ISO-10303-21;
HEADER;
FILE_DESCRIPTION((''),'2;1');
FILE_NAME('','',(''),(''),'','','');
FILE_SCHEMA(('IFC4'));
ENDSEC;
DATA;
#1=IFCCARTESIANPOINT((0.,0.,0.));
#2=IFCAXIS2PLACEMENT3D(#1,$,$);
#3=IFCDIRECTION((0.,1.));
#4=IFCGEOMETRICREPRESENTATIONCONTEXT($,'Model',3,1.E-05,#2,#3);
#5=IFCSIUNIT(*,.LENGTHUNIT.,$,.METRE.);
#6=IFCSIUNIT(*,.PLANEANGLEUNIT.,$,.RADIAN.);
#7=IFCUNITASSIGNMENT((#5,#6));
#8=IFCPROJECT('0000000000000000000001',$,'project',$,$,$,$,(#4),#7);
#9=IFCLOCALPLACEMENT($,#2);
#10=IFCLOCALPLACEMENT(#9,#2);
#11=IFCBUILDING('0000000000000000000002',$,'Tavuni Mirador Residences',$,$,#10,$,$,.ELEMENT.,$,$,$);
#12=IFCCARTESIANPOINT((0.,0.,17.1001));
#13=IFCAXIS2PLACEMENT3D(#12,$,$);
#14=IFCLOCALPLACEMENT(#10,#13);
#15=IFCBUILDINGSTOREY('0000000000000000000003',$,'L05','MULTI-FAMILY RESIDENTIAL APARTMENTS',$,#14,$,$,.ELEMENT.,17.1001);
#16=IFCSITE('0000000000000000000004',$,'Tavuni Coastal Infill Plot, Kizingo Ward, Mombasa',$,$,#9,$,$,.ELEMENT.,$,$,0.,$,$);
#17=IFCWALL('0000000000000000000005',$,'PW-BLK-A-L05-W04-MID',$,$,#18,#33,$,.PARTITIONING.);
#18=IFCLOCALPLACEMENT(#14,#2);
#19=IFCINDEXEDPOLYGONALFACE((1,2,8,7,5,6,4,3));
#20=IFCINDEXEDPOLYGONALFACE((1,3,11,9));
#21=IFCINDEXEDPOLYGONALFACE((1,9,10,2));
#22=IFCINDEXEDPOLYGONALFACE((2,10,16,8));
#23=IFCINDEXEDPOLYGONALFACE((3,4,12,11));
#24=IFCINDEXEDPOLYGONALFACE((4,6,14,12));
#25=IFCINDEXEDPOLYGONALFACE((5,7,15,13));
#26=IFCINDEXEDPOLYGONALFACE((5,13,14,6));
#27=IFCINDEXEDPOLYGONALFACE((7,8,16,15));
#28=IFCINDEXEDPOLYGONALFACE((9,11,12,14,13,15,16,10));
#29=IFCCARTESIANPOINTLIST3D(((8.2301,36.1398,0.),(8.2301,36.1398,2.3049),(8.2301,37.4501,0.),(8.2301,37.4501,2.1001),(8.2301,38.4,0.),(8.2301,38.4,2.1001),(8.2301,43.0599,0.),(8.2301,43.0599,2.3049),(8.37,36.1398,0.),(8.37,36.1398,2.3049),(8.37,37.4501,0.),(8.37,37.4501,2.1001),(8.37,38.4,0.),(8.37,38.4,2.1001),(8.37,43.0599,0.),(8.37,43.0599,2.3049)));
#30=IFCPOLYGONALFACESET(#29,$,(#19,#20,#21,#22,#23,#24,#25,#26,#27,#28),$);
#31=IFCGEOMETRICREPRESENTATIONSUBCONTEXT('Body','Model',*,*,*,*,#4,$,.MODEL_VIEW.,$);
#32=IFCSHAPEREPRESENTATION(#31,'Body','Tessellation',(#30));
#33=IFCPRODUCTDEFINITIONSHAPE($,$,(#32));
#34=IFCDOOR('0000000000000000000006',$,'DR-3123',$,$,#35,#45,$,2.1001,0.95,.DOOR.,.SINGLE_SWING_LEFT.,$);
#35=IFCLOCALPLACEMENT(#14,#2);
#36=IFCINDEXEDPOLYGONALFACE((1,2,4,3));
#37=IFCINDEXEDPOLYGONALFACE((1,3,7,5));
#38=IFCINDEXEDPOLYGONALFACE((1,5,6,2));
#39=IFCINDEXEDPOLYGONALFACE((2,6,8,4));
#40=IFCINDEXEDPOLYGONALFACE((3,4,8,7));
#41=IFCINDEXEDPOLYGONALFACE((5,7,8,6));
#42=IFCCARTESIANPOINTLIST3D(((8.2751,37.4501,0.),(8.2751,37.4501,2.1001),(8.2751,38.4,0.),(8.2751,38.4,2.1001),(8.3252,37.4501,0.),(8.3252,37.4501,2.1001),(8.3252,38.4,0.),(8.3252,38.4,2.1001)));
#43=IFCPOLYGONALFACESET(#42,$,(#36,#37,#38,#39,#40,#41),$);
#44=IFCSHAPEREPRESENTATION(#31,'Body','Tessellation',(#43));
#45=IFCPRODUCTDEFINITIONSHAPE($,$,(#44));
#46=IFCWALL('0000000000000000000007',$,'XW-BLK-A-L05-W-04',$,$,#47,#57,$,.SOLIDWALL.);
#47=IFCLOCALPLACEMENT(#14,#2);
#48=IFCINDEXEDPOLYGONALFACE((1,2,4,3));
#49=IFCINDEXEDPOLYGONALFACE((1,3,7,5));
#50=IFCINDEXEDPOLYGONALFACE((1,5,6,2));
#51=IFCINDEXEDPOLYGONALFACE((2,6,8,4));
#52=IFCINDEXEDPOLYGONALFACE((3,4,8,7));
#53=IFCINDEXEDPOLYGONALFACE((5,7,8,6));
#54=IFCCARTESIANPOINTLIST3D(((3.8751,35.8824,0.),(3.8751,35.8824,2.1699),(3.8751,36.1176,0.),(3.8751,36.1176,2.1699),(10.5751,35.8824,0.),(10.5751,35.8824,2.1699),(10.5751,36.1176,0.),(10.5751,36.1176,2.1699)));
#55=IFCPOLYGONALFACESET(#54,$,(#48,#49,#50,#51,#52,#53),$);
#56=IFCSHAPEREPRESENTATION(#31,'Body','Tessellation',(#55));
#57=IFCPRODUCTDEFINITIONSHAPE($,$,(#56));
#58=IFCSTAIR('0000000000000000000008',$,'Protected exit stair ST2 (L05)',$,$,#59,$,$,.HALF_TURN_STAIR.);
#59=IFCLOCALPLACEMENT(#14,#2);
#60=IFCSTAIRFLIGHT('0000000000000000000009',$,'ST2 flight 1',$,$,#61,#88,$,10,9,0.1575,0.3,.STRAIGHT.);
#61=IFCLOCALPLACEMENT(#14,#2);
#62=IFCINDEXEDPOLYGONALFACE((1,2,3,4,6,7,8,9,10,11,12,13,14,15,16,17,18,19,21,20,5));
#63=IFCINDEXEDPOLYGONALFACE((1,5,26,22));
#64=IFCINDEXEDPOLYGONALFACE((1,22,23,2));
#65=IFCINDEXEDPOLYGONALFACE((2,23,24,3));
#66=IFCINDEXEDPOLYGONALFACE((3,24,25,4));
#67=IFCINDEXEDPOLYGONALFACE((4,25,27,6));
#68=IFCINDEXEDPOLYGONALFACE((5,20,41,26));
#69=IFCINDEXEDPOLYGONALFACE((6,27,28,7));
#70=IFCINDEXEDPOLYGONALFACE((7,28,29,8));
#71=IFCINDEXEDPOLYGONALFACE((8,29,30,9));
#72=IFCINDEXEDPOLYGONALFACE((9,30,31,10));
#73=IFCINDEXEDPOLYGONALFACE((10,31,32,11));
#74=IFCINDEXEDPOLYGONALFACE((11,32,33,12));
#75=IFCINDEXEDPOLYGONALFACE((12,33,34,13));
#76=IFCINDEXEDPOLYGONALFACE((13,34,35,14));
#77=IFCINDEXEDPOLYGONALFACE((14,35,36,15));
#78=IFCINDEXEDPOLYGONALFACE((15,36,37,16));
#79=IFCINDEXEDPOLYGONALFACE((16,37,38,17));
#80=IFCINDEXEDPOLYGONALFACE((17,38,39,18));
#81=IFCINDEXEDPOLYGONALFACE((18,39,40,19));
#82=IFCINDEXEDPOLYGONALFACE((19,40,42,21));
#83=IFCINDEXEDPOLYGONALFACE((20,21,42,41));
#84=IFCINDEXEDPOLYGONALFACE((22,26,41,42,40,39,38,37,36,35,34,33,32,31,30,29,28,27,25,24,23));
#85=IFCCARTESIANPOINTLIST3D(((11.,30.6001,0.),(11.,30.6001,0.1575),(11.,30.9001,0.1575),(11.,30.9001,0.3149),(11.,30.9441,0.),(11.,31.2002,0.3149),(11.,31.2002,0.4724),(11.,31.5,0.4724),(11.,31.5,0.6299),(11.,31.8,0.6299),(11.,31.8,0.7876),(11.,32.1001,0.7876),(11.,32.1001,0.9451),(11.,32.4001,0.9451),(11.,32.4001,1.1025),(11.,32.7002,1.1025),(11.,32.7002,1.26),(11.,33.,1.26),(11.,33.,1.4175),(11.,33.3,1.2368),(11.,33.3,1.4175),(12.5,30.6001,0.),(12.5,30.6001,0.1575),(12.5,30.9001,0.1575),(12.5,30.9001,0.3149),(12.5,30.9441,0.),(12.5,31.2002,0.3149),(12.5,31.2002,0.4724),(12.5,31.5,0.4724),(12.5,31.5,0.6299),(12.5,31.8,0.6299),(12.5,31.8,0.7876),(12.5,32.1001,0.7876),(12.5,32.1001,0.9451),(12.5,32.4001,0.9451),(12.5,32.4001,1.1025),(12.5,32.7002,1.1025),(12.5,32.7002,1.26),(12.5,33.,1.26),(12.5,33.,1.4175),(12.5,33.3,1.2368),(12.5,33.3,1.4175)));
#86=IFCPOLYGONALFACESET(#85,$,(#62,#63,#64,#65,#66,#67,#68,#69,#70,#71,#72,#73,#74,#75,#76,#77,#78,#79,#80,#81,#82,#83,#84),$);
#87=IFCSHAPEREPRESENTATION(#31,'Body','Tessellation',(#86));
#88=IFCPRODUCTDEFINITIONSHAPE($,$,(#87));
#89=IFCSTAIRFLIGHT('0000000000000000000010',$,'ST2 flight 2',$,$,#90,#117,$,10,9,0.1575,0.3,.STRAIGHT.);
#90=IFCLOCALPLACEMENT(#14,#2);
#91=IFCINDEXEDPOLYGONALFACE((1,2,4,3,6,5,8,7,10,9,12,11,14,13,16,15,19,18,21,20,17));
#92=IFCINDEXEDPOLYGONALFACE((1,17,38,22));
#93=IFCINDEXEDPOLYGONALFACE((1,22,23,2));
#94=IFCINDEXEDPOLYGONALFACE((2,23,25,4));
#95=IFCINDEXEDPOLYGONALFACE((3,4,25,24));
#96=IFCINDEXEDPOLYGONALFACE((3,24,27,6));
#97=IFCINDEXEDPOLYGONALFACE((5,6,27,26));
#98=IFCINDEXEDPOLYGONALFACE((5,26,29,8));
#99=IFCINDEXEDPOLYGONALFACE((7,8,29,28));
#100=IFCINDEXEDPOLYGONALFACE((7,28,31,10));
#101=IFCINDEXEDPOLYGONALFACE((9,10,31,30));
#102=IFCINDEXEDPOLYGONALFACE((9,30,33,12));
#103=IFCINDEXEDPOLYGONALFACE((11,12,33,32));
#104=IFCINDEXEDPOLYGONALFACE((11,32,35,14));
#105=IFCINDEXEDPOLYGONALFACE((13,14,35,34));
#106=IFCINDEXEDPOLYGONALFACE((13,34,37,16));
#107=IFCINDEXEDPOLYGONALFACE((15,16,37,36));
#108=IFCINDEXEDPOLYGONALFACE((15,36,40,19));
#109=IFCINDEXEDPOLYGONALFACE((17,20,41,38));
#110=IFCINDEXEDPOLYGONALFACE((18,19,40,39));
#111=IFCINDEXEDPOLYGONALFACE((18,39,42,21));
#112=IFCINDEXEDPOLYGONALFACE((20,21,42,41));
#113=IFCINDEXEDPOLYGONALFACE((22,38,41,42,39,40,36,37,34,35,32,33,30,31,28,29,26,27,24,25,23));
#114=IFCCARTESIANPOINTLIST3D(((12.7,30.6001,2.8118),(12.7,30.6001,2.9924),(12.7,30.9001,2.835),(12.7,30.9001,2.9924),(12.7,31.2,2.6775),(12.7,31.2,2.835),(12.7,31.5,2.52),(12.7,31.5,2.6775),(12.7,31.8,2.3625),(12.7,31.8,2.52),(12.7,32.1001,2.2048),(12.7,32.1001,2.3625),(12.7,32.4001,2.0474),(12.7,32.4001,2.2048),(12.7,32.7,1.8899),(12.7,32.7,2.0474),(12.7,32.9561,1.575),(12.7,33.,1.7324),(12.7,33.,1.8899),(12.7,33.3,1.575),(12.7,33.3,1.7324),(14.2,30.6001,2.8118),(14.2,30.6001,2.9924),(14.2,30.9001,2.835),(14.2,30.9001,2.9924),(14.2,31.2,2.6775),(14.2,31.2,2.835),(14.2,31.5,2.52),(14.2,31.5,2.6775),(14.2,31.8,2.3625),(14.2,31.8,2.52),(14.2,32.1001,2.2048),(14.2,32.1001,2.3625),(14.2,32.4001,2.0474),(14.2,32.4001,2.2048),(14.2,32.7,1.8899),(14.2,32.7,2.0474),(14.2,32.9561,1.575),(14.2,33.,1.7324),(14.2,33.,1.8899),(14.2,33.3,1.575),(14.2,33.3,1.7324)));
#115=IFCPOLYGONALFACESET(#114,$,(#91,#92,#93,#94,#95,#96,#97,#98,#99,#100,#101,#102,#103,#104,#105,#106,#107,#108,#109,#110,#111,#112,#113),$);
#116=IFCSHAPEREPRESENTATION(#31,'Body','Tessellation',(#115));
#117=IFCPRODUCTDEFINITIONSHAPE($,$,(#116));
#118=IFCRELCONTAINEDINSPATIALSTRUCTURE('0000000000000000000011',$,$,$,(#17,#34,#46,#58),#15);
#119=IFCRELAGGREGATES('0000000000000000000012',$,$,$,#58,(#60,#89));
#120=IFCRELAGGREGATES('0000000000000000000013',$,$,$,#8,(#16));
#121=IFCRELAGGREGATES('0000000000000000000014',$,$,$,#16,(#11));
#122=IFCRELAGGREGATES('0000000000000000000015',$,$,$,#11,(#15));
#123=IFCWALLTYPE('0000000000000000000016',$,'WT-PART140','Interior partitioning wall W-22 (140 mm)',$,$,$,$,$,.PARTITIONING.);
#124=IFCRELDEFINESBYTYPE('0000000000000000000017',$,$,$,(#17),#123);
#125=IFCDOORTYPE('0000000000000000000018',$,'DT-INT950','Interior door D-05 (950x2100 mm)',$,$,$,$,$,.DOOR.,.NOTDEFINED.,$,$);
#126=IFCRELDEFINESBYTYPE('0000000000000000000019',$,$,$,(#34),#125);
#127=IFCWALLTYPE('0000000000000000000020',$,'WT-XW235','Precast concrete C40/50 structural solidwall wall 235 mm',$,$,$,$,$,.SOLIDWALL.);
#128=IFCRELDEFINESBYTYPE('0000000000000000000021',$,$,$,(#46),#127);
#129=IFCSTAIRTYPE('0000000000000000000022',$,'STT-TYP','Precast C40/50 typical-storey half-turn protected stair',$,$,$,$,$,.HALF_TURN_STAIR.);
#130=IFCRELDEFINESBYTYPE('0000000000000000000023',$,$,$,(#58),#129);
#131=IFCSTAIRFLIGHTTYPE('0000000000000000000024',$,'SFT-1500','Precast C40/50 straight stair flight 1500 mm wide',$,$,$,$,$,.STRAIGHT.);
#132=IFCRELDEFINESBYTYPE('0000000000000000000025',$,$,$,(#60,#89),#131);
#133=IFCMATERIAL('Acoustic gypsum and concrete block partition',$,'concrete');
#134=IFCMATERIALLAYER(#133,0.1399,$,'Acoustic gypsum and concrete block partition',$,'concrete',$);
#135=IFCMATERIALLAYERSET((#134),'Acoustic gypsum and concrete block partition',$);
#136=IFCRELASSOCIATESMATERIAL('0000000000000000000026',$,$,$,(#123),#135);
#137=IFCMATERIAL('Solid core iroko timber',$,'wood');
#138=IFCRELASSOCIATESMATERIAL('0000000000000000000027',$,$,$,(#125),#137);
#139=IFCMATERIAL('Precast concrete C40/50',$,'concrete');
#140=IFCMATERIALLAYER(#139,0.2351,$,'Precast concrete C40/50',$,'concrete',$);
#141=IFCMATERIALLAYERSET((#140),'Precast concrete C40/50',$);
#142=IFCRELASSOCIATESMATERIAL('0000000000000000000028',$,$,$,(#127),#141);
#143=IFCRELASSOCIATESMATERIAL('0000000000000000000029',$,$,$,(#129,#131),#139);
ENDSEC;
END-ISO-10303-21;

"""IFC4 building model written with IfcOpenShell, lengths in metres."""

from ifc_helpers import new_model, si_unit, direction, frame, frame_2d, origin, place, context, subcontext, project, spatial, polyline, rectangle, outline, extrude, material, layer, layer_set, type_object, element, fill, aggregate, save


model = new_model("IFC4")

# Units and contexts
model_context = context("Model", 3, precision=1e-05, world=origin(), true_north=direction((0.0, 1.0)))
body_context = subcontext(model_context, "Body", "Model", "MODEL_VIEW")
ifc_project = project(units=[si_unit("LENGTHUNIT", "METRE"), si_unit("PLANEANGLEUNIT", "RADIAN")], contexts=[model_context])

# Site, building, storey
site_placement = place(None, origin())
site = spatial("IfcSite", under=ifc_project, at=site_placement, Name="Tavuni Coastal Infill Plot, Kizingo Ward, Mombasa", CompositionType="ELEMENT", RefElevation=0.0)
building_placement = place(site_placement, origin())
building = spatial("IfcBuilding", under=site, at=building_placement, Name="Tavuni Mirador Residences", CompositionType="ELEMENT")
storey_placement = place(building_placement, frame((0.0, 0.0, 17.1001)))
storey = spatial("IfcBuildingStorey", under=building, at=storey_placement, Name="L05", Description="MULTI-FAMILY RESIDENTIAL APARTMENTS", CompositionType="ELEMENT", Elevation=17.1001)

# Shared definitions
ifc_material_1 = material(Name="Precast concrete C40/50", Category="concrete")

# Shared definitions
ifc_material_2 = material(Name="Solid core iroko timber", Category="wood")

# Shared definitions
ifc_material_3 = material(Name="Acoustic gypsum and concrete block partition", Category="concrete")

# Wall, opening, door
ifc_layer_1 = layer(ifc_material_3, 0.1399, Name="Acoustic gypsum and concrete block partition", Category="concrete")
ifc_layer_set_1 = layer_set([ifc_layer_1], Name="Acoustic gypsum and concrete block partition")
wall_type_1 = type_object("IfcWallType", Name="WT-PART140", Description="Interior partitioning wall W-22 (140 mm)", PredefinedType="PARTITIONING", material=ifc_layer_set_1)
wall_1_placement = place(storey_placement, frame((8.3, 36.1399, 0.0), z_axis=(0.0, 0.0, 1.0), x_axis=(0.0, 1.0, 0.0)))
wall_1 = element("IfcWall", 1, at=wall_1_placement, inside=storey, type_object=wall_type_1, Name="PW-BLK-A-L05-W04-MID", PredefinedType="PARTITIONING", context=body_context, shape_type="SweptSolid", body=[
    extrude(rectangle(XDim=6.9202, YDim=0.1399, at=frame_2d((3.46, 0.0))), origin(), (0.0, 0.0, 1.0), 2.3049),
])
opening_1_placement = place(wall_1_placement, frame((1.3101, 0.0, 0.0)))
opening_1 = element("IfcOpeningElement", 2, at=opening_1_placement, cuts=wall_1, PredefinedType="OPENING", context=body_context, shape_type="SweptSolid", body=[
    extrude(rectangle(XDim=0.95, YDim=2.1001, at=frame_2d((0.4751, 1.05))), frame((0.0, 0.0801, 0.0), z_axis=(0.0, -1.0, 0.0), x_axis=(1.0, 0.0, 0.0)), (0.0, 0.0, 1.0), 0.1599),
])
door_type_1 = type_object("IfcDoorType", Name="DT-INT950", Description="Interior door D-05 (950x2100 mm)", OperationType="NOTDEFINED", PredefinedType="DOOR", material=ifc_material_2)
door_1_placement = place(opening_1_placement, origin())
door_1 = element("IfcDoor", 3, at=door_1_placement, inside=storey, type_object=door_type_1, Name="DR-3123", OperationType="SINGLE_SWING_LEFT", OverallHeight=2.1001, OverallWidth=0.95, PredefinedType="DOOR", context=body_context, shape_type="SweptSolid", body=[
    extrude(rectangle(XDim=0.95, YDim=2.1001, at=frame_2d((0.4751, 1.05))), frame((0.0, 0.0249, 0.0), z_axis=(0.0, -1.0, 0.0), x_axis=(1.0, 0.0, 0.0)), (0.0, 0.0, 1.0), 0.05),
])
fill(opening_1, door_1)

# Wall
ifc_layer_2 = layer(ifc_material_1, 0.2351, Name="Precast concrete C40/50", Category="concrete")
ifc_layer_set_2 = layer_set([ifc_layer_2], Name="Precast concrete C40/50")
wall_type_2 = type_object("IfcWallType", Name="WT-XW235", Description="Precast concrete C40/50 structural solidwall wall 235 mm", PredefinedType="SOLIDWALL", material=ifc_layer_set_2)
wall_2_placement = place(storey_placement, frame((3.875, 36.0, 0.0), z_axis=(0.0, 0.0, 1.0), x_axis=(1.0, 0.0, 0.0)))
element("IfcWall", 4, at=wall_2_placement, inside=storey, type_object=wall_type_2, Name="XW-BLK-A-L05-W-04", PredefinedType="SOLIDWALL", context=body_context, shape_type="SweptSolid", body=[
    extrude(rectangle(XDim=6.7, YDim=0.2351, at=frame_2d((3.3501, 0.0))), origin(), (0.0, 0.0, 1.0), 2.1699),
])

# Stair, stair flights
stair_type = type_object("IfcStairType", Name="STT-TYP", Description="Precast C40/50 typical-storey half-turn protected stair", PredefinedType="HALF_TURN_STAIR", material=ifc_material_1)
stair_placement = place(storey_placement, origin())
stair = element("IfcStair", 5, at=stair_placement, inside=storey, type_object=stair_type, Name="Protected exit stair ST2 (L05)", PredefinedType="HALF_TURN_STAIR")
stair_flight_type = type_object("IfcStairFlightType", Name="SFT-1500", Description="Precast C40/50 straight stair flight 1500 mm wide", PredefinedType="STRAIGHT", material=ifc_material_1)
stair_flight_1_placement = place(storey_placement, frame((11.75, 30.6001, 0.0), z_axis=(0.0, 0.0, 1.0), x_axis=(0.0, 1.0, 0.0)))
stair_flight_1 = element("IfcStairFlight", 6, at=stair_flight_1_placement, type_object=stair_flight_type, Name="ST2 flight 1", NumberOfRisers=10, NumberOfTreads=9, PredefinedType="STRAIGHT", RiserHeight=0.1575, TreadLength=0.3, context=body_context, shape_type="SweptSolid", body=[
    extrude(outline(polyline([(0.0, 0.0), (0.0, 0.1575), (0.3, 0.1575), (0.3, 0.3149), (0.6001, 0.3149), (0.6001, 0.4724), (0.8999, 0.4724), (0.8999, 0.6299), (1.2, 0.6299), (1.2, 0.7876), (1.5, 0.7876), (1.5, 0.9451), (1.8, 0.9451), (1.8, 1.1025), (2.1001, 1.1025), (2.1001, 1.26), (2.3999, 1.26), (2.3999, 1.4175), (2.7, 1.4175), (2.7, 1.575), (2.7, 1.2368), (0.344, 0.0), (0.0, 0.0)])), frame((0.0, 0.75, 0.0), z_axis=(0.0, -1.0, 0.0), x_axis=(1.0, 0.0, 0.0)), (0.0, 0.0, 1.0), 1.5),
])
stair_flight_2_placement = place(storey_placement, frame((13.45, 33.3, 1.575), z_axis=(0.0, 0.0, 1.0), x_axis=(0.0, -1.0, 0.0)))
stair_flight_2 = element("IfcStairFlight", 7, at=stair_flight_2_placement, type_object=stair_flight_type, Name="ST2 flight 2", NumberOfRisers=10, NumberOfTreads=9, PredefinedType="STRAIGHT", RiserHeight=0.1575, TreadLength=0.3, context=body_context, shape_type="SweptSolid", body=[
    extrude(outline(polyline([(0.0, 0.0), (0.0, 0.1575), (0.3, 0.1575), (0.3, 0.3149), (0.6001, 0.3149), (0.6001, 0.4724), (0.8999, 0.4724), (0.8999, 0.6299), (1.2, 0.6299), (1.2, 0.7876), (1.5, 0.7876), (1.5, 0.9451), (1.8, 0.9451), (1.8, 1.1025), (2.1001, 1.1025), (2.1001, 1.26), (2.3999, 1.26), (2.3999, 1.4175), (2.7, 1.4175), (2.7, 1.575), (2.7, 1.2368), (0.344, 0.0), (0.0, 0.0)])), frame((0.0, 0.75, 0.0), z_axis=(0.0, -1.0, 0.0), x_axis=(1.0, 0.0, 0.0)), (0.0, 0.0, 1.0), 1.5),
])
aggregate(stair, [stair_flight_1, stair_flight_2])

save(model, "model.ifc")
